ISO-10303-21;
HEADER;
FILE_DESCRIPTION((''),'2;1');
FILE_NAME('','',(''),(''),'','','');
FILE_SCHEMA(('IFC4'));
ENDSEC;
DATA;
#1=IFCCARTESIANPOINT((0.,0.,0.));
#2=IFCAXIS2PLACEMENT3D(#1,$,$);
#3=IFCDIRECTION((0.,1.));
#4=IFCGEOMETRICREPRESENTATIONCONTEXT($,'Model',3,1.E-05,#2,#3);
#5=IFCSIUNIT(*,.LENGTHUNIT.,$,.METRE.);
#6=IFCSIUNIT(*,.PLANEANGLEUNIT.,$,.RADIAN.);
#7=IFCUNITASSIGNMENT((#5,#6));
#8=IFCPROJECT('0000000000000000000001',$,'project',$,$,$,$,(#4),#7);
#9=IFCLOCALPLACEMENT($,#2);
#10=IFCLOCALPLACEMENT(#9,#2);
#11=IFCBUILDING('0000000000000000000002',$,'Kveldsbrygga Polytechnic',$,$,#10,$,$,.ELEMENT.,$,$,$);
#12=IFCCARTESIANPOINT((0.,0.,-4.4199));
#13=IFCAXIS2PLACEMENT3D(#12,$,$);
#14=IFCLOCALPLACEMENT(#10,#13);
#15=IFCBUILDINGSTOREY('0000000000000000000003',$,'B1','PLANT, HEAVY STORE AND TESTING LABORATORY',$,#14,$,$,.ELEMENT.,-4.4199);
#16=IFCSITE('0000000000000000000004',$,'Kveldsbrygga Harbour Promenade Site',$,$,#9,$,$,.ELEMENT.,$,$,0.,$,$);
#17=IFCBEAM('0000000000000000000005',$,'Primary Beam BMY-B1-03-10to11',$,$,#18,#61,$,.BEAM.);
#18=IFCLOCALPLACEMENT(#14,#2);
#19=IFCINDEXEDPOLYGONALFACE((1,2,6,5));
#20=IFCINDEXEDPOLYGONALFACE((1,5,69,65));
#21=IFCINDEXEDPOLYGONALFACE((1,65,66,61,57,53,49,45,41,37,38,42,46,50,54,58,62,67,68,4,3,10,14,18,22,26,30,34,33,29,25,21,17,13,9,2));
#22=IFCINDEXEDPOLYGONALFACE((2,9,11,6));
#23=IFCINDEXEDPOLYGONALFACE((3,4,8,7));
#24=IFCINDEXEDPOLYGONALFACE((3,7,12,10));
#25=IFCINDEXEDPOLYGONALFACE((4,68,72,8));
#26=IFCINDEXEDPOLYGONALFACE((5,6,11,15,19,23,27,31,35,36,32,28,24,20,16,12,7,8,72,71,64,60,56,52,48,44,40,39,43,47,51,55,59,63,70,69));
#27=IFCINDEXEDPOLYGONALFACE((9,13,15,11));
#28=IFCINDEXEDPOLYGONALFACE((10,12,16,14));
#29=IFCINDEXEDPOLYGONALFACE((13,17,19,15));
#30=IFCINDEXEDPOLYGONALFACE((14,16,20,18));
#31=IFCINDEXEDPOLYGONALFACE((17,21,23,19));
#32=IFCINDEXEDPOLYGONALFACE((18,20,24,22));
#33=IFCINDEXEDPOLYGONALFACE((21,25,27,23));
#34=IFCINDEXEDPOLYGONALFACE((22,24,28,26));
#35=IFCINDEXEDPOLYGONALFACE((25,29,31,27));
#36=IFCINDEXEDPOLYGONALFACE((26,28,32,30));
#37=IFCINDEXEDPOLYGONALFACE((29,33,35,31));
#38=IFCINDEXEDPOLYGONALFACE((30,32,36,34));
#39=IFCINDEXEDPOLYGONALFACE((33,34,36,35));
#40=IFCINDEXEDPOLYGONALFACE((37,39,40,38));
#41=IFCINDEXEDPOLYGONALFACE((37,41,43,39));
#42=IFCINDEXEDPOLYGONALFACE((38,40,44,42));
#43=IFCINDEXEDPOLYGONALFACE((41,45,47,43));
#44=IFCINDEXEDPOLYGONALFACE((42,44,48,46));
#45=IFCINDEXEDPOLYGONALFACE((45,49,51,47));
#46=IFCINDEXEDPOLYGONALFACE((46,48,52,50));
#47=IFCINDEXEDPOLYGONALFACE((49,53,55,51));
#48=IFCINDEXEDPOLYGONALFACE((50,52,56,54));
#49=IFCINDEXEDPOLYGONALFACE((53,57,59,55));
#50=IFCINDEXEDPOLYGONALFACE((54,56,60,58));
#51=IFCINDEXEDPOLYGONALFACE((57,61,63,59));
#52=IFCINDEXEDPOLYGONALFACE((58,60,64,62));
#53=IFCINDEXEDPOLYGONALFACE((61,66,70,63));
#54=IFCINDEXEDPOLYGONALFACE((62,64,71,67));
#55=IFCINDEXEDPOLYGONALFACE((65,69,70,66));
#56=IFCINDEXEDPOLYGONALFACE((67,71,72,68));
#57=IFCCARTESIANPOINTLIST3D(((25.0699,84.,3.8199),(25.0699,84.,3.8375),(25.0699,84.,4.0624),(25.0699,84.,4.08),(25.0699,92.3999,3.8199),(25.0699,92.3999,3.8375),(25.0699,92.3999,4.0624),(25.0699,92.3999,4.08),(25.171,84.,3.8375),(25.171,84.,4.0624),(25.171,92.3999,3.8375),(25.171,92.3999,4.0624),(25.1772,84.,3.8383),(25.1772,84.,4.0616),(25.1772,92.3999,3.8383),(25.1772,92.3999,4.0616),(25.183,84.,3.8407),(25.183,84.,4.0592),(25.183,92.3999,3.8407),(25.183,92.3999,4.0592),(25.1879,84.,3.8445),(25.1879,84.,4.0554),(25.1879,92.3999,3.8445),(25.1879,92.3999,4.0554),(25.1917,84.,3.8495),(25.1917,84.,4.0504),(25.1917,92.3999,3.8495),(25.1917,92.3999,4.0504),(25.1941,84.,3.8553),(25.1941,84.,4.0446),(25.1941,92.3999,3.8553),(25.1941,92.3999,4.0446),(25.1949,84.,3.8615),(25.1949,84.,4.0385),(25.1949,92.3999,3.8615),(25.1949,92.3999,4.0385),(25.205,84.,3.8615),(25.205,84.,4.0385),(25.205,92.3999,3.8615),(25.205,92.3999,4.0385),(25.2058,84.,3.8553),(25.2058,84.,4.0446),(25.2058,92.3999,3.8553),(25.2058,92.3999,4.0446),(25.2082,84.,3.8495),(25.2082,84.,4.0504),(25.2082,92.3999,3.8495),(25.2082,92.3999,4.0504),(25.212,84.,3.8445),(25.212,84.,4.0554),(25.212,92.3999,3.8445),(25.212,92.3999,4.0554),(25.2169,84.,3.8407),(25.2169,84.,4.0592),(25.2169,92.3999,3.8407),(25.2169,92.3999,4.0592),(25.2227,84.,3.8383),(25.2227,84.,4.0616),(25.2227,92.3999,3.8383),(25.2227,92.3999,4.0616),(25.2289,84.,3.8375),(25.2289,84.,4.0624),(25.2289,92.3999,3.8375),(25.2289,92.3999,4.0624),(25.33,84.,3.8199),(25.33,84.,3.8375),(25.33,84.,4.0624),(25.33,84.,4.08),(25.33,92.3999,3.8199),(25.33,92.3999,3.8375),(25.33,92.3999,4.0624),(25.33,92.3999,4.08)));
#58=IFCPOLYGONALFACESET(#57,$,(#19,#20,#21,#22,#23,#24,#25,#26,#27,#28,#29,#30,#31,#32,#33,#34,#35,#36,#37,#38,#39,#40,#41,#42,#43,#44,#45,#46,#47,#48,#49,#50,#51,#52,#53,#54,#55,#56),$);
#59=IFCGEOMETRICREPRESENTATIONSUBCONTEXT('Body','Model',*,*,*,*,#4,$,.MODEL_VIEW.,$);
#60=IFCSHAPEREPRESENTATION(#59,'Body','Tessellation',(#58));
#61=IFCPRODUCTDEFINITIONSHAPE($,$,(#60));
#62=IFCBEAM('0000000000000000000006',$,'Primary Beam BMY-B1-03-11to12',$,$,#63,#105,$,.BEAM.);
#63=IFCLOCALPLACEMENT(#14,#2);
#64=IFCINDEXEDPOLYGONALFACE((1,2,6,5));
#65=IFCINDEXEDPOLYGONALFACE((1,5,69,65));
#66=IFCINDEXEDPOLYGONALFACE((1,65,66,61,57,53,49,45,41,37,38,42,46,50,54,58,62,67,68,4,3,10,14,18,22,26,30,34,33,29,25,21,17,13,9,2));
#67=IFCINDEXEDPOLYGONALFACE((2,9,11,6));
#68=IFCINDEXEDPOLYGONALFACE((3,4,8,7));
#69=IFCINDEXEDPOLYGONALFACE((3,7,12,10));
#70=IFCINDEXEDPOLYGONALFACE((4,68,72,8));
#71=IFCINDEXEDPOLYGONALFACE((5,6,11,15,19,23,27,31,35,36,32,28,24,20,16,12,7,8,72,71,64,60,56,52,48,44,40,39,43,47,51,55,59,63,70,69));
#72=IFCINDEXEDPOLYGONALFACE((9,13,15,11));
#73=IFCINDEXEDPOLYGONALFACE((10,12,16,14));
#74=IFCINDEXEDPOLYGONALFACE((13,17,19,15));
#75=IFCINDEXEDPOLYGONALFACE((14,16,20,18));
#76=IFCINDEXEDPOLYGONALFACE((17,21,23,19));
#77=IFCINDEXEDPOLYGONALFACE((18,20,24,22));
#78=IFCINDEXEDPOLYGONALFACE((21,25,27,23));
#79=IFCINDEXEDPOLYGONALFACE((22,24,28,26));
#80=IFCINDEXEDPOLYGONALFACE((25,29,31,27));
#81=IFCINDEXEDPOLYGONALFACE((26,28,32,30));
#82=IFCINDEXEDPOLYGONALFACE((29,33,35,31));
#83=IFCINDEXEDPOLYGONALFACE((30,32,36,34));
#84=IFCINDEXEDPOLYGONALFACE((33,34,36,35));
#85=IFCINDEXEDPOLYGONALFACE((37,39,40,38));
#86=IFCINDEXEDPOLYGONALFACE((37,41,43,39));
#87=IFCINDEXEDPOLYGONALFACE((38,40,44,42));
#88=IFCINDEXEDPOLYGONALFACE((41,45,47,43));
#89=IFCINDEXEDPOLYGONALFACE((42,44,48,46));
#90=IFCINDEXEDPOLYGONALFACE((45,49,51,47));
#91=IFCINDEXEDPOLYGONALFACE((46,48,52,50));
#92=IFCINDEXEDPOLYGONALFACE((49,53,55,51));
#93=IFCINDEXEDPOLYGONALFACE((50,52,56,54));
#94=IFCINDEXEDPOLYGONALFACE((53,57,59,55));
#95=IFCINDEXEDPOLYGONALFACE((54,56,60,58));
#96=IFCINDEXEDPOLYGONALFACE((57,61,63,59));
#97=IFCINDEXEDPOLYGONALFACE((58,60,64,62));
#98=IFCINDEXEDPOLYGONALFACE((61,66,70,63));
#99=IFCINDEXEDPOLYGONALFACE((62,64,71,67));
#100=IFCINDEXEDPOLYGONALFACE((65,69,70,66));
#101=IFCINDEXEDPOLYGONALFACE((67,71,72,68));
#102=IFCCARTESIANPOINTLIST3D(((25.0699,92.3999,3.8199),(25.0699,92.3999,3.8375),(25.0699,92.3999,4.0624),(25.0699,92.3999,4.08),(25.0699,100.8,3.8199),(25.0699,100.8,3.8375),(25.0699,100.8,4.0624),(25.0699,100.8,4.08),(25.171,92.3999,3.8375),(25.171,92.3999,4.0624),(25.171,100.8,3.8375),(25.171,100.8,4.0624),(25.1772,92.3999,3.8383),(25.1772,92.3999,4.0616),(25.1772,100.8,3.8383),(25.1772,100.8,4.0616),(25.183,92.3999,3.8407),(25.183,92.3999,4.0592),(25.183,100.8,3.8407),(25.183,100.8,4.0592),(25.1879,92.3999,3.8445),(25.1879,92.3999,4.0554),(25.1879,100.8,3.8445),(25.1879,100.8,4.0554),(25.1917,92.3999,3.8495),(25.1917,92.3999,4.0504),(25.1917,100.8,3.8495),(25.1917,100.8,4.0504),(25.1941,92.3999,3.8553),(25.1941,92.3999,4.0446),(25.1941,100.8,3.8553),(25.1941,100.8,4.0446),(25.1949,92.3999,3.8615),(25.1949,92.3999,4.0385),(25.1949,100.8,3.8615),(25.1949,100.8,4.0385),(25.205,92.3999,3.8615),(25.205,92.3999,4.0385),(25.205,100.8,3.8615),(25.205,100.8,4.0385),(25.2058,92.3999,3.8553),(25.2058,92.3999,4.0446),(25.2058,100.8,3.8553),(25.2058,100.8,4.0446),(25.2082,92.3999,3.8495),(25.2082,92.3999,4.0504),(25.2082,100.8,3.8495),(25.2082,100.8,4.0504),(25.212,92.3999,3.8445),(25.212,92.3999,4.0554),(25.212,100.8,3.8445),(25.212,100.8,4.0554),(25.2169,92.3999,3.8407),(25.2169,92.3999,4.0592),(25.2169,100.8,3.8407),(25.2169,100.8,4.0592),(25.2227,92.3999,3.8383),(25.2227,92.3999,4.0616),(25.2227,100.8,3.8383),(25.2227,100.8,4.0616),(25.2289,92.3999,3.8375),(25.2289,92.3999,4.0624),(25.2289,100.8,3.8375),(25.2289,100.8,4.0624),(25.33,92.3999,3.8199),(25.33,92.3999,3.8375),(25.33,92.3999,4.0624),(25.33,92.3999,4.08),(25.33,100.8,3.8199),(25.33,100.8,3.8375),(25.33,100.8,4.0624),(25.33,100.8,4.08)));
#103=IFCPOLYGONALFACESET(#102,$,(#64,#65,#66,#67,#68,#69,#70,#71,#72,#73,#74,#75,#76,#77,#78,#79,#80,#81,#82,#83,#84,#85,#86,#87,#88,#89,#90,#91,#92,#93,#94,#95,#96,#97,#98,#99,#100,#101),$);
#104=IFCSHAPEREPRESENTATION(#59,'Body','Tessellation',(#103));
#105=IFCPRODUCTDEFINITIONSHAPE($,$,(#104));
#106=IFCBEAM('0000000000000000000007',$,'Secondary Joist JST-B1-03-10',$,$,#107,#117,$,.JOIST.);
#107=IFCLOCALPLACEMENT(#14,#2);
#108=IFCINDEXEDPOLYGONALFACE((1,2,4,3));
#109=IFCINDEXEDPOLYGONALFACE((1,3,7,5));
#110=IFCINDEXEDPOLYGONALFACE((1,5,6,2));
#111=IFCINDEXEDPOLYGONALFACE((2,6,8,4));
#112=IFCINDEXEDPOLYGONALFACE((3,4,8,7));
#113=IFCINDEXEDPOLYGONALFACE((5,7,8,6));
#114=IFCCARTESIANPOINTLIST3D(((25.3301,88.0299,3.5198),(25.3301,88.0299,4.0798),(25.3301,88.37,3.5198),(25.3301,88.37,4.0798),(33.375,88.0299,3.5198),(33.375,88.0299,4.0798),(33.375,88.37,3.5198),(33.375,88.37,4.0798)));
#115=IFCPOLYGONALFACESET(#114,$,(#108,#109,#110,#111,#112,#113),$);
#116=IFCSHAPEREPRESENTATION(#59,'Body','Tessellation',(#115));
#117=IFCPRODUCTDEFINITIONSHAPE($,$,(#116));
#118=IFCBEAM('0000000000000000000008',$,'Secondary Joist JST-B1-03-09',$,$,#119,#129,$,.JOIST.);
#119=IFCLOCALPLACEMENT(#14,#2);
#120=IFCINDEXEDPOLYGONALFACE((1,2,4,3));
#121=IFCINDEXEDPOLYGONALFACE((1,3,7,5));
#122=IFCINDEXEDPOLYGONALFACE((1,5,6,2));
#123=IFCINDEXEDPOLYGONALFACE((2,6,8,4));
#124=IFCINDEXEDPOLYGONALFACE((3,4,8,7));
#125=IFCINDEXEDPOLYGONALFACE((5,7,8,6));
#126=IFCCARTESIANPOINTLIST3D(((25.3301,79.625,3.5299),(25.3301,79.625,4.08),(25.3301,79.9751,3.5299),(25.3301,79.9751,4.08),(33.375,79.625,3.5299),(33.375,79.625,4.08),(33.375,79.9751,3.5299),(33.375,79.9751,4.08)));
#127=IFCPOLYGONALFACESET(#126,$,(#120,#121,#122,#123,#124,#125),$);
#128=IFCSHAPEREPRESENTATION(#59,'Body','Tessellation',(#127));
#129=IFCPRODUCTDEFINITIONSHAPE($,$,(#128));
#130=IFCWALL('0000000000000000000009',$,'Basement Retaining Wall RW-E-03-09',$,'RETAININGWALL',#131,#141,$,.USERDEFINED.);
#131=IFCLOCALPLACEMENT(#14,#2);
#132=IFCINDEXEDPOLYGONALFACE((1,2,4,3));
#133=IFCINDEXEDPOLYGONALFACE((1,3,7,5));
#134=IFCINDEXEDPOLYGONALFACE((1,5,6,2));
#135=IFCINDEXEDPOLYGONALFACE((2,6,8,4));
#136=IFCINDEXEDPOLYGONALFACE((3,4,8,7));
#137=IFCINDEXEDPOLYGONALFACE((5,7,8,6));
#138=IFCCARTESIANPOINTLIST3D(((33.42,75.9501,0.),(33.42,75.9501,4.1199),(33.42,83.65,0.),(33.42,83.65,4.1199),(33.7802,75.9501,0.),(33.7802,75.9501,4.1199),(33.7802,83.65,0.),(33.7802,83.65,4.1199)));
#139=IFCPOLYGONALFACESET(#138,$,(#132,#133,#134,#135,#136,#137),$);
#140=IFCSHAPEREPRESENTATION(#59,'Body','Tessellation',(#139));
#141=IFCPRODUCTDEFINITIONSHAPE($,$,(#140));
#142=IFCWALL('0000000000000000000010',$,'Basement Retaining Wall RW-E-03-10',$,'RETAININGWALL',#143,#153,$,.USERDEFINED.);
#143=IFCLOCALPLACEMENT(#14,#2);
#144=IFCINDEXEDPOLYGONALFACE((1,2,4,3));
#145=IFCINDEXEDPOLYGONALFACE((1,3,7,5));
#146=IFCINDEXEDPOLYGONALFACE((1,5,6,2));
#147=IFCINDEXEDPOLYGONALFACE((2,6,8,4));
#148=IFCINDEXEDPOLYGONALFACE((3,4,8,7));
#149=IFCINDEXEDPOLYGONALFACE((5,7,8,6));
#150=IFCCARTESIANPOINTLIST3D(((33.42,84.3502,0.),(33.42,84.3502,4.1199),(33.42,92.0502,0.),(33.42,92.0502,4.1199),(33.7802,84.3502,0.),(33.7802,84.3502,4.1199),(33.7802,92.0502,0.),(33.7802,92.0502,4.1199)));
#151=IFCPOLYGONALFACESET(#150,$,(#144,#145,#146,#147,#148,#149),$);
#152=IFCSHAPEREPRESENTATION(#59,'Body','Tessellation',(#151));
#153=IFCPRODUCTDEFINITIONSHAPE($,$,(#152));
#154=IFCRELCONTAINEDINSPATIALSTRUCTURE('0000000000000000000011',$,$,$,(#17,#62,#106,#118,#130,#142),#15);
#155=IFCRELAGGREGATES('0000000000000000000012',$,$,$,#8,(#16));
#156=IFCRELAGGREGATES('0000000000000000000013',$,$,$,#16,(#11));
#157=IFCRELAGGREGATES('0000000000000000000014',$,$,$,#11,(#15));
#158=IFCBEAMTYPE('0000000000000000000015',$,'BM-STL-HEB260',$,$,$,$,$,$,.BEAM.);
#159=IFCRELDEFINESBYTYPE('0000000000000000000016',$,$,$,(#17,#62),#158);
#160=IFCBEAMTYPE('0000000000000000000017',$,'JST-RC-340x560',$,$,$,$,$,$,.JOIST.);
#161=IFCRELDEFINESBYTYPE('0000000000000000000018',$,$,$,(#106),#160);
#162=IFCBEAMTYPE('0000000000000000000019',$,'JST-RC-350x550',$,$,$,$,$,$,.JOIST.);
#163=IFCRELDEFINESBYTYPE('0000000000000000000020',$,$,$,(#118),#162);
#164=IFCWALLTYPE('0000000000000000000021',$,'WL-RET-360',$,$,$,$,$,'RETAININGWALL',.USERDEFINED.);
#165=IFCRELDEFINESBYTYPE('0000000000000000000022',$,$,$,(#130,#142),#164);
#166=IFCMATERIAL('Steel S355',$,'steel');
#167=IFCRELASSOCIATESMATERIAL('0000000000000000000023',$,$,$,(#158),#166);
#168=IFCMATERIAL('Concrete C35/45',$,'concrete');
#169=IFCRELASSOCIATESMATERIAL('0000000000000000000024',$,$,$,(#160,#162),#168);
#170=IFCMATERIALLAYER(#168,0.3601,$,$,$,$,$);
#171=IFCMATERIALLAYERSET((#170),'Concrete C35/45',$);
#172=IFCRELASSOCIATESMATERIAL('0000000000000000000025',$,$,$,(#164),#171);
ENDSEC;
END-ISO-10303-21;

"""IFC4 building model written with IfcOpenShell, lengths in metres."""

from ifc_helpers import new_model, si_unit, direction, frame, frame_2d, origin, origin_2d, place, context, subcontext, project, spatial, rectangle, i_section, extrude, material, layer, layer_set, material_profile, profile_set, type_object, element, save


model = new_model("IFC4")

# Units and contexts
model_context = context("Model", 3, precision=1e-05, world=origin(), true_north=direction((0.0, 1.0)))
body_context = subcontext(model_context, "Body", "Model", "MODEL_VIEW")
ifc_project = project(units=[si_unit("LENGTHUNIT", "METRE"), si_unit("PLANEANGLEUNIT", "RADIAN")], contexts=[model_context])

# Site, building, storey
site_placement = place(None, origin())
site = spatial("IfcSite", under=ifc_project, at=site_placement, Name="Kveldsbrygga Harbour Promenade Site", CompositionType="ELEMENT", RefElevation=0.0)
building_placement = place(site_placement, origin())
building = spatial("IfcBuilding", under=site, at=building_placement, Name="Kveldsbrygga Polytechnic", CompositionType="ELEMENT")
storey_placement = place(building_placement, frame((0.0, 0.0, -4.4199)))
storey = spatial("IfcBuildingStorey", under=building, at=storey_placement, Name="B1", Description="PLANT, HEAVY STORE AND TESTING LABORATORY", CompositionType="ELEMENT", Elevation=-4.4199)

# Beams
ifc_material_1 = material(Name="Concrete C35/45", Category="concrete")
ifc_material_2 = material(Name="Steel S355", Category="steel")
ifc_material_profile_1 = material_profile(ifc_material_2, i_section(OverallWidth=0.26, OverallDepth=0.26, WebThickness=0.01, FlangeThickness=0.0176, FilletRadius=0.0239, at=origin_2d()), Name="HEB 260")
ifc_profile_set_1 = profile_set([ifc_material_profile_1], Name="Steel S355")
beam_type_1 = type_object("IfcBeamType", Name="BM-STL-HEB260", PredefinedType="BEAM", material=ifc_profile_set_1)
for number, where, z_axis, x_axis, name in (
    (1, (25.2, 84.0, 3.95), (0.0, 1.0, 0.0), (-1.0, 0.0, 0.0), "Primary Beam BMY-B1-03-10to11"),
):
    element("IfcBeam", number, at=place(storey_placement, frame(where, z_axis=z_axis, x_axis=x_axis)), inside=storey, type_object=beam_type_1, Name=name, PredefinedType="BEAM", context=body_context, shape_type="SweptSolid", body=[
        extrude(i_section(OverallWidth=0.26, OverallDepth=0.26, WebThickness=0.01, FlangeThickness=0.0176, FilletRadius=0.0239, at=origin_2d()), origin(), (0.0, 0.0, 1.0), 8.3999),
    ])
beam_1_placement = place(storey_placement, frame((25.2, 92.3999, 3.95), z_axis=(0.0, 1.0, 0.0), x_axis=(-1.0, 0.0, 0.0)))
element("IfcBeam", 2, at=beam_1_placement, inside=storey, type_object=beam_type_1, Name="Primary Beam BMY-B1-03-11to12", PredefinedType="BEAM", context=body_context, shape_type="SweptSolid", body=[
    extrude(i_section(OverallWidth=0.26, OverallDepth=0.26, WebThickness=0.01, FlangeThickness=0.0176, FilletRadius=0.0239, at=origin_2d()), origin(), (0.0, 0.0, 1.0), 8.4001),
])
ifc_material_profile_2 = material_profile(ifc_material_1, rectangle(XDim=0.3401, YDim=0.5601, at=origin_2d()), Name="RC 340x560")
ifc_profile_set_2 = profile_set([ifc_material_profile_2], Name="Concrete C35/45")
beam_type_2 = type_object("IfcBeamType", Name="JST-RC-340x560", PredefinedType="JOIST", material=ifc_profile_set_2)
beam_2_placement = place(storey_placement, frame((25.3301, 88.2, 3.7998), z_axis=(1.0, 0.0, 0.0), x_axis=(0.0, 1.0, 0.0)))
element("IfcBeam", 3, at=beam_2_placement, inside=storey, type_object=beam_type_2, Name="Secondary Joist JST-B1-03-10", PredefinedType="JOIST", context=body_context, shape_type="SweptSolid", body=[
    extrude(rectangle(XDim=0.3401, YDim=0.5601, at=origin_2d()), origin(), (0.0, 0.0, 1.0), 8.0449),
])
ifc_material_profile_3 = material_profile(ifc_material_1, rectangle(XDim=0.3501, YDim=0.55, at=origin_2d()), Name="RC 350x550")
ifc_profile_set_3 = profile_set([ifc_material_profile_3], Name="Concrete C35/45")
beam_type_3 = type_object("IfcBeamType", Name="JST-RC-350x550", PredefinedType="JOIST", material=ifc_profile_set_3)
beam_3_placement = place(storey_placement, frame((25.3301, 79.8, 3.8049), z_axis=(1.0, 0.0, 0.0), x_axis=(0.0, 1.0, 0.0)))
element("IfcBeam", 4, at=beam_3_placement, inside=storey, type_object=beam_type_3, Name="Secondary Joist JST-B1-03-09", PredefinedType="JOIST", context=body_context, shape_type="SweptSolid", body=[
    extrude(rectangle(XDim=0.3501, YDim=0.55, at=origin_2d()), origin(), (0.0, 0.0, 1.0), 8.0449),
])

# Walls
ifc_layer = layer(ifc_material_1, 0.3601)
ifc_layer_set = layer_set([ifc_layer], Name="Concrete C35/45")
wall_type = type_object("IfcWallType", Name="WL-RET-360", ElementType="RETAININGWALL", PredefinedType="USERDEFINED", material=ifc_layer_set)
for number, where, z_axis, x_axis, name in (
    (5, (33.6001, 75.95, 0.0), (0.0, 0.0, 1.0), (0.0, 1.0, 0.0), "Basement Retaining Wall RW-E-03-09"),
    (6, (33.6001, 84.3501, 0.0), (0.0, 0.0, 1.0), (0.0, 1.0, 0.0), "Basement Retaining Wall RW-E-03-10"),
):
    element("IfcWall", number, at=place(storey_placement, frame(where, z_axis=z_axis, x_axis=x_axis)), inside=storey, type_object=wall_type, Name=name, ObjectType="RETAININGWALL", PredefinedType="USERDEFINED", context=body_context, shape_type="SweptSolid", body=[
        extrude(rectangle(XDim=7.7, YDim=0.3601, at=frame_2d((3.8501, 0.0))), origin(), (0.0, 0.0, 1.0), 4.1199),
    ])

save(model, "model.ifc")
